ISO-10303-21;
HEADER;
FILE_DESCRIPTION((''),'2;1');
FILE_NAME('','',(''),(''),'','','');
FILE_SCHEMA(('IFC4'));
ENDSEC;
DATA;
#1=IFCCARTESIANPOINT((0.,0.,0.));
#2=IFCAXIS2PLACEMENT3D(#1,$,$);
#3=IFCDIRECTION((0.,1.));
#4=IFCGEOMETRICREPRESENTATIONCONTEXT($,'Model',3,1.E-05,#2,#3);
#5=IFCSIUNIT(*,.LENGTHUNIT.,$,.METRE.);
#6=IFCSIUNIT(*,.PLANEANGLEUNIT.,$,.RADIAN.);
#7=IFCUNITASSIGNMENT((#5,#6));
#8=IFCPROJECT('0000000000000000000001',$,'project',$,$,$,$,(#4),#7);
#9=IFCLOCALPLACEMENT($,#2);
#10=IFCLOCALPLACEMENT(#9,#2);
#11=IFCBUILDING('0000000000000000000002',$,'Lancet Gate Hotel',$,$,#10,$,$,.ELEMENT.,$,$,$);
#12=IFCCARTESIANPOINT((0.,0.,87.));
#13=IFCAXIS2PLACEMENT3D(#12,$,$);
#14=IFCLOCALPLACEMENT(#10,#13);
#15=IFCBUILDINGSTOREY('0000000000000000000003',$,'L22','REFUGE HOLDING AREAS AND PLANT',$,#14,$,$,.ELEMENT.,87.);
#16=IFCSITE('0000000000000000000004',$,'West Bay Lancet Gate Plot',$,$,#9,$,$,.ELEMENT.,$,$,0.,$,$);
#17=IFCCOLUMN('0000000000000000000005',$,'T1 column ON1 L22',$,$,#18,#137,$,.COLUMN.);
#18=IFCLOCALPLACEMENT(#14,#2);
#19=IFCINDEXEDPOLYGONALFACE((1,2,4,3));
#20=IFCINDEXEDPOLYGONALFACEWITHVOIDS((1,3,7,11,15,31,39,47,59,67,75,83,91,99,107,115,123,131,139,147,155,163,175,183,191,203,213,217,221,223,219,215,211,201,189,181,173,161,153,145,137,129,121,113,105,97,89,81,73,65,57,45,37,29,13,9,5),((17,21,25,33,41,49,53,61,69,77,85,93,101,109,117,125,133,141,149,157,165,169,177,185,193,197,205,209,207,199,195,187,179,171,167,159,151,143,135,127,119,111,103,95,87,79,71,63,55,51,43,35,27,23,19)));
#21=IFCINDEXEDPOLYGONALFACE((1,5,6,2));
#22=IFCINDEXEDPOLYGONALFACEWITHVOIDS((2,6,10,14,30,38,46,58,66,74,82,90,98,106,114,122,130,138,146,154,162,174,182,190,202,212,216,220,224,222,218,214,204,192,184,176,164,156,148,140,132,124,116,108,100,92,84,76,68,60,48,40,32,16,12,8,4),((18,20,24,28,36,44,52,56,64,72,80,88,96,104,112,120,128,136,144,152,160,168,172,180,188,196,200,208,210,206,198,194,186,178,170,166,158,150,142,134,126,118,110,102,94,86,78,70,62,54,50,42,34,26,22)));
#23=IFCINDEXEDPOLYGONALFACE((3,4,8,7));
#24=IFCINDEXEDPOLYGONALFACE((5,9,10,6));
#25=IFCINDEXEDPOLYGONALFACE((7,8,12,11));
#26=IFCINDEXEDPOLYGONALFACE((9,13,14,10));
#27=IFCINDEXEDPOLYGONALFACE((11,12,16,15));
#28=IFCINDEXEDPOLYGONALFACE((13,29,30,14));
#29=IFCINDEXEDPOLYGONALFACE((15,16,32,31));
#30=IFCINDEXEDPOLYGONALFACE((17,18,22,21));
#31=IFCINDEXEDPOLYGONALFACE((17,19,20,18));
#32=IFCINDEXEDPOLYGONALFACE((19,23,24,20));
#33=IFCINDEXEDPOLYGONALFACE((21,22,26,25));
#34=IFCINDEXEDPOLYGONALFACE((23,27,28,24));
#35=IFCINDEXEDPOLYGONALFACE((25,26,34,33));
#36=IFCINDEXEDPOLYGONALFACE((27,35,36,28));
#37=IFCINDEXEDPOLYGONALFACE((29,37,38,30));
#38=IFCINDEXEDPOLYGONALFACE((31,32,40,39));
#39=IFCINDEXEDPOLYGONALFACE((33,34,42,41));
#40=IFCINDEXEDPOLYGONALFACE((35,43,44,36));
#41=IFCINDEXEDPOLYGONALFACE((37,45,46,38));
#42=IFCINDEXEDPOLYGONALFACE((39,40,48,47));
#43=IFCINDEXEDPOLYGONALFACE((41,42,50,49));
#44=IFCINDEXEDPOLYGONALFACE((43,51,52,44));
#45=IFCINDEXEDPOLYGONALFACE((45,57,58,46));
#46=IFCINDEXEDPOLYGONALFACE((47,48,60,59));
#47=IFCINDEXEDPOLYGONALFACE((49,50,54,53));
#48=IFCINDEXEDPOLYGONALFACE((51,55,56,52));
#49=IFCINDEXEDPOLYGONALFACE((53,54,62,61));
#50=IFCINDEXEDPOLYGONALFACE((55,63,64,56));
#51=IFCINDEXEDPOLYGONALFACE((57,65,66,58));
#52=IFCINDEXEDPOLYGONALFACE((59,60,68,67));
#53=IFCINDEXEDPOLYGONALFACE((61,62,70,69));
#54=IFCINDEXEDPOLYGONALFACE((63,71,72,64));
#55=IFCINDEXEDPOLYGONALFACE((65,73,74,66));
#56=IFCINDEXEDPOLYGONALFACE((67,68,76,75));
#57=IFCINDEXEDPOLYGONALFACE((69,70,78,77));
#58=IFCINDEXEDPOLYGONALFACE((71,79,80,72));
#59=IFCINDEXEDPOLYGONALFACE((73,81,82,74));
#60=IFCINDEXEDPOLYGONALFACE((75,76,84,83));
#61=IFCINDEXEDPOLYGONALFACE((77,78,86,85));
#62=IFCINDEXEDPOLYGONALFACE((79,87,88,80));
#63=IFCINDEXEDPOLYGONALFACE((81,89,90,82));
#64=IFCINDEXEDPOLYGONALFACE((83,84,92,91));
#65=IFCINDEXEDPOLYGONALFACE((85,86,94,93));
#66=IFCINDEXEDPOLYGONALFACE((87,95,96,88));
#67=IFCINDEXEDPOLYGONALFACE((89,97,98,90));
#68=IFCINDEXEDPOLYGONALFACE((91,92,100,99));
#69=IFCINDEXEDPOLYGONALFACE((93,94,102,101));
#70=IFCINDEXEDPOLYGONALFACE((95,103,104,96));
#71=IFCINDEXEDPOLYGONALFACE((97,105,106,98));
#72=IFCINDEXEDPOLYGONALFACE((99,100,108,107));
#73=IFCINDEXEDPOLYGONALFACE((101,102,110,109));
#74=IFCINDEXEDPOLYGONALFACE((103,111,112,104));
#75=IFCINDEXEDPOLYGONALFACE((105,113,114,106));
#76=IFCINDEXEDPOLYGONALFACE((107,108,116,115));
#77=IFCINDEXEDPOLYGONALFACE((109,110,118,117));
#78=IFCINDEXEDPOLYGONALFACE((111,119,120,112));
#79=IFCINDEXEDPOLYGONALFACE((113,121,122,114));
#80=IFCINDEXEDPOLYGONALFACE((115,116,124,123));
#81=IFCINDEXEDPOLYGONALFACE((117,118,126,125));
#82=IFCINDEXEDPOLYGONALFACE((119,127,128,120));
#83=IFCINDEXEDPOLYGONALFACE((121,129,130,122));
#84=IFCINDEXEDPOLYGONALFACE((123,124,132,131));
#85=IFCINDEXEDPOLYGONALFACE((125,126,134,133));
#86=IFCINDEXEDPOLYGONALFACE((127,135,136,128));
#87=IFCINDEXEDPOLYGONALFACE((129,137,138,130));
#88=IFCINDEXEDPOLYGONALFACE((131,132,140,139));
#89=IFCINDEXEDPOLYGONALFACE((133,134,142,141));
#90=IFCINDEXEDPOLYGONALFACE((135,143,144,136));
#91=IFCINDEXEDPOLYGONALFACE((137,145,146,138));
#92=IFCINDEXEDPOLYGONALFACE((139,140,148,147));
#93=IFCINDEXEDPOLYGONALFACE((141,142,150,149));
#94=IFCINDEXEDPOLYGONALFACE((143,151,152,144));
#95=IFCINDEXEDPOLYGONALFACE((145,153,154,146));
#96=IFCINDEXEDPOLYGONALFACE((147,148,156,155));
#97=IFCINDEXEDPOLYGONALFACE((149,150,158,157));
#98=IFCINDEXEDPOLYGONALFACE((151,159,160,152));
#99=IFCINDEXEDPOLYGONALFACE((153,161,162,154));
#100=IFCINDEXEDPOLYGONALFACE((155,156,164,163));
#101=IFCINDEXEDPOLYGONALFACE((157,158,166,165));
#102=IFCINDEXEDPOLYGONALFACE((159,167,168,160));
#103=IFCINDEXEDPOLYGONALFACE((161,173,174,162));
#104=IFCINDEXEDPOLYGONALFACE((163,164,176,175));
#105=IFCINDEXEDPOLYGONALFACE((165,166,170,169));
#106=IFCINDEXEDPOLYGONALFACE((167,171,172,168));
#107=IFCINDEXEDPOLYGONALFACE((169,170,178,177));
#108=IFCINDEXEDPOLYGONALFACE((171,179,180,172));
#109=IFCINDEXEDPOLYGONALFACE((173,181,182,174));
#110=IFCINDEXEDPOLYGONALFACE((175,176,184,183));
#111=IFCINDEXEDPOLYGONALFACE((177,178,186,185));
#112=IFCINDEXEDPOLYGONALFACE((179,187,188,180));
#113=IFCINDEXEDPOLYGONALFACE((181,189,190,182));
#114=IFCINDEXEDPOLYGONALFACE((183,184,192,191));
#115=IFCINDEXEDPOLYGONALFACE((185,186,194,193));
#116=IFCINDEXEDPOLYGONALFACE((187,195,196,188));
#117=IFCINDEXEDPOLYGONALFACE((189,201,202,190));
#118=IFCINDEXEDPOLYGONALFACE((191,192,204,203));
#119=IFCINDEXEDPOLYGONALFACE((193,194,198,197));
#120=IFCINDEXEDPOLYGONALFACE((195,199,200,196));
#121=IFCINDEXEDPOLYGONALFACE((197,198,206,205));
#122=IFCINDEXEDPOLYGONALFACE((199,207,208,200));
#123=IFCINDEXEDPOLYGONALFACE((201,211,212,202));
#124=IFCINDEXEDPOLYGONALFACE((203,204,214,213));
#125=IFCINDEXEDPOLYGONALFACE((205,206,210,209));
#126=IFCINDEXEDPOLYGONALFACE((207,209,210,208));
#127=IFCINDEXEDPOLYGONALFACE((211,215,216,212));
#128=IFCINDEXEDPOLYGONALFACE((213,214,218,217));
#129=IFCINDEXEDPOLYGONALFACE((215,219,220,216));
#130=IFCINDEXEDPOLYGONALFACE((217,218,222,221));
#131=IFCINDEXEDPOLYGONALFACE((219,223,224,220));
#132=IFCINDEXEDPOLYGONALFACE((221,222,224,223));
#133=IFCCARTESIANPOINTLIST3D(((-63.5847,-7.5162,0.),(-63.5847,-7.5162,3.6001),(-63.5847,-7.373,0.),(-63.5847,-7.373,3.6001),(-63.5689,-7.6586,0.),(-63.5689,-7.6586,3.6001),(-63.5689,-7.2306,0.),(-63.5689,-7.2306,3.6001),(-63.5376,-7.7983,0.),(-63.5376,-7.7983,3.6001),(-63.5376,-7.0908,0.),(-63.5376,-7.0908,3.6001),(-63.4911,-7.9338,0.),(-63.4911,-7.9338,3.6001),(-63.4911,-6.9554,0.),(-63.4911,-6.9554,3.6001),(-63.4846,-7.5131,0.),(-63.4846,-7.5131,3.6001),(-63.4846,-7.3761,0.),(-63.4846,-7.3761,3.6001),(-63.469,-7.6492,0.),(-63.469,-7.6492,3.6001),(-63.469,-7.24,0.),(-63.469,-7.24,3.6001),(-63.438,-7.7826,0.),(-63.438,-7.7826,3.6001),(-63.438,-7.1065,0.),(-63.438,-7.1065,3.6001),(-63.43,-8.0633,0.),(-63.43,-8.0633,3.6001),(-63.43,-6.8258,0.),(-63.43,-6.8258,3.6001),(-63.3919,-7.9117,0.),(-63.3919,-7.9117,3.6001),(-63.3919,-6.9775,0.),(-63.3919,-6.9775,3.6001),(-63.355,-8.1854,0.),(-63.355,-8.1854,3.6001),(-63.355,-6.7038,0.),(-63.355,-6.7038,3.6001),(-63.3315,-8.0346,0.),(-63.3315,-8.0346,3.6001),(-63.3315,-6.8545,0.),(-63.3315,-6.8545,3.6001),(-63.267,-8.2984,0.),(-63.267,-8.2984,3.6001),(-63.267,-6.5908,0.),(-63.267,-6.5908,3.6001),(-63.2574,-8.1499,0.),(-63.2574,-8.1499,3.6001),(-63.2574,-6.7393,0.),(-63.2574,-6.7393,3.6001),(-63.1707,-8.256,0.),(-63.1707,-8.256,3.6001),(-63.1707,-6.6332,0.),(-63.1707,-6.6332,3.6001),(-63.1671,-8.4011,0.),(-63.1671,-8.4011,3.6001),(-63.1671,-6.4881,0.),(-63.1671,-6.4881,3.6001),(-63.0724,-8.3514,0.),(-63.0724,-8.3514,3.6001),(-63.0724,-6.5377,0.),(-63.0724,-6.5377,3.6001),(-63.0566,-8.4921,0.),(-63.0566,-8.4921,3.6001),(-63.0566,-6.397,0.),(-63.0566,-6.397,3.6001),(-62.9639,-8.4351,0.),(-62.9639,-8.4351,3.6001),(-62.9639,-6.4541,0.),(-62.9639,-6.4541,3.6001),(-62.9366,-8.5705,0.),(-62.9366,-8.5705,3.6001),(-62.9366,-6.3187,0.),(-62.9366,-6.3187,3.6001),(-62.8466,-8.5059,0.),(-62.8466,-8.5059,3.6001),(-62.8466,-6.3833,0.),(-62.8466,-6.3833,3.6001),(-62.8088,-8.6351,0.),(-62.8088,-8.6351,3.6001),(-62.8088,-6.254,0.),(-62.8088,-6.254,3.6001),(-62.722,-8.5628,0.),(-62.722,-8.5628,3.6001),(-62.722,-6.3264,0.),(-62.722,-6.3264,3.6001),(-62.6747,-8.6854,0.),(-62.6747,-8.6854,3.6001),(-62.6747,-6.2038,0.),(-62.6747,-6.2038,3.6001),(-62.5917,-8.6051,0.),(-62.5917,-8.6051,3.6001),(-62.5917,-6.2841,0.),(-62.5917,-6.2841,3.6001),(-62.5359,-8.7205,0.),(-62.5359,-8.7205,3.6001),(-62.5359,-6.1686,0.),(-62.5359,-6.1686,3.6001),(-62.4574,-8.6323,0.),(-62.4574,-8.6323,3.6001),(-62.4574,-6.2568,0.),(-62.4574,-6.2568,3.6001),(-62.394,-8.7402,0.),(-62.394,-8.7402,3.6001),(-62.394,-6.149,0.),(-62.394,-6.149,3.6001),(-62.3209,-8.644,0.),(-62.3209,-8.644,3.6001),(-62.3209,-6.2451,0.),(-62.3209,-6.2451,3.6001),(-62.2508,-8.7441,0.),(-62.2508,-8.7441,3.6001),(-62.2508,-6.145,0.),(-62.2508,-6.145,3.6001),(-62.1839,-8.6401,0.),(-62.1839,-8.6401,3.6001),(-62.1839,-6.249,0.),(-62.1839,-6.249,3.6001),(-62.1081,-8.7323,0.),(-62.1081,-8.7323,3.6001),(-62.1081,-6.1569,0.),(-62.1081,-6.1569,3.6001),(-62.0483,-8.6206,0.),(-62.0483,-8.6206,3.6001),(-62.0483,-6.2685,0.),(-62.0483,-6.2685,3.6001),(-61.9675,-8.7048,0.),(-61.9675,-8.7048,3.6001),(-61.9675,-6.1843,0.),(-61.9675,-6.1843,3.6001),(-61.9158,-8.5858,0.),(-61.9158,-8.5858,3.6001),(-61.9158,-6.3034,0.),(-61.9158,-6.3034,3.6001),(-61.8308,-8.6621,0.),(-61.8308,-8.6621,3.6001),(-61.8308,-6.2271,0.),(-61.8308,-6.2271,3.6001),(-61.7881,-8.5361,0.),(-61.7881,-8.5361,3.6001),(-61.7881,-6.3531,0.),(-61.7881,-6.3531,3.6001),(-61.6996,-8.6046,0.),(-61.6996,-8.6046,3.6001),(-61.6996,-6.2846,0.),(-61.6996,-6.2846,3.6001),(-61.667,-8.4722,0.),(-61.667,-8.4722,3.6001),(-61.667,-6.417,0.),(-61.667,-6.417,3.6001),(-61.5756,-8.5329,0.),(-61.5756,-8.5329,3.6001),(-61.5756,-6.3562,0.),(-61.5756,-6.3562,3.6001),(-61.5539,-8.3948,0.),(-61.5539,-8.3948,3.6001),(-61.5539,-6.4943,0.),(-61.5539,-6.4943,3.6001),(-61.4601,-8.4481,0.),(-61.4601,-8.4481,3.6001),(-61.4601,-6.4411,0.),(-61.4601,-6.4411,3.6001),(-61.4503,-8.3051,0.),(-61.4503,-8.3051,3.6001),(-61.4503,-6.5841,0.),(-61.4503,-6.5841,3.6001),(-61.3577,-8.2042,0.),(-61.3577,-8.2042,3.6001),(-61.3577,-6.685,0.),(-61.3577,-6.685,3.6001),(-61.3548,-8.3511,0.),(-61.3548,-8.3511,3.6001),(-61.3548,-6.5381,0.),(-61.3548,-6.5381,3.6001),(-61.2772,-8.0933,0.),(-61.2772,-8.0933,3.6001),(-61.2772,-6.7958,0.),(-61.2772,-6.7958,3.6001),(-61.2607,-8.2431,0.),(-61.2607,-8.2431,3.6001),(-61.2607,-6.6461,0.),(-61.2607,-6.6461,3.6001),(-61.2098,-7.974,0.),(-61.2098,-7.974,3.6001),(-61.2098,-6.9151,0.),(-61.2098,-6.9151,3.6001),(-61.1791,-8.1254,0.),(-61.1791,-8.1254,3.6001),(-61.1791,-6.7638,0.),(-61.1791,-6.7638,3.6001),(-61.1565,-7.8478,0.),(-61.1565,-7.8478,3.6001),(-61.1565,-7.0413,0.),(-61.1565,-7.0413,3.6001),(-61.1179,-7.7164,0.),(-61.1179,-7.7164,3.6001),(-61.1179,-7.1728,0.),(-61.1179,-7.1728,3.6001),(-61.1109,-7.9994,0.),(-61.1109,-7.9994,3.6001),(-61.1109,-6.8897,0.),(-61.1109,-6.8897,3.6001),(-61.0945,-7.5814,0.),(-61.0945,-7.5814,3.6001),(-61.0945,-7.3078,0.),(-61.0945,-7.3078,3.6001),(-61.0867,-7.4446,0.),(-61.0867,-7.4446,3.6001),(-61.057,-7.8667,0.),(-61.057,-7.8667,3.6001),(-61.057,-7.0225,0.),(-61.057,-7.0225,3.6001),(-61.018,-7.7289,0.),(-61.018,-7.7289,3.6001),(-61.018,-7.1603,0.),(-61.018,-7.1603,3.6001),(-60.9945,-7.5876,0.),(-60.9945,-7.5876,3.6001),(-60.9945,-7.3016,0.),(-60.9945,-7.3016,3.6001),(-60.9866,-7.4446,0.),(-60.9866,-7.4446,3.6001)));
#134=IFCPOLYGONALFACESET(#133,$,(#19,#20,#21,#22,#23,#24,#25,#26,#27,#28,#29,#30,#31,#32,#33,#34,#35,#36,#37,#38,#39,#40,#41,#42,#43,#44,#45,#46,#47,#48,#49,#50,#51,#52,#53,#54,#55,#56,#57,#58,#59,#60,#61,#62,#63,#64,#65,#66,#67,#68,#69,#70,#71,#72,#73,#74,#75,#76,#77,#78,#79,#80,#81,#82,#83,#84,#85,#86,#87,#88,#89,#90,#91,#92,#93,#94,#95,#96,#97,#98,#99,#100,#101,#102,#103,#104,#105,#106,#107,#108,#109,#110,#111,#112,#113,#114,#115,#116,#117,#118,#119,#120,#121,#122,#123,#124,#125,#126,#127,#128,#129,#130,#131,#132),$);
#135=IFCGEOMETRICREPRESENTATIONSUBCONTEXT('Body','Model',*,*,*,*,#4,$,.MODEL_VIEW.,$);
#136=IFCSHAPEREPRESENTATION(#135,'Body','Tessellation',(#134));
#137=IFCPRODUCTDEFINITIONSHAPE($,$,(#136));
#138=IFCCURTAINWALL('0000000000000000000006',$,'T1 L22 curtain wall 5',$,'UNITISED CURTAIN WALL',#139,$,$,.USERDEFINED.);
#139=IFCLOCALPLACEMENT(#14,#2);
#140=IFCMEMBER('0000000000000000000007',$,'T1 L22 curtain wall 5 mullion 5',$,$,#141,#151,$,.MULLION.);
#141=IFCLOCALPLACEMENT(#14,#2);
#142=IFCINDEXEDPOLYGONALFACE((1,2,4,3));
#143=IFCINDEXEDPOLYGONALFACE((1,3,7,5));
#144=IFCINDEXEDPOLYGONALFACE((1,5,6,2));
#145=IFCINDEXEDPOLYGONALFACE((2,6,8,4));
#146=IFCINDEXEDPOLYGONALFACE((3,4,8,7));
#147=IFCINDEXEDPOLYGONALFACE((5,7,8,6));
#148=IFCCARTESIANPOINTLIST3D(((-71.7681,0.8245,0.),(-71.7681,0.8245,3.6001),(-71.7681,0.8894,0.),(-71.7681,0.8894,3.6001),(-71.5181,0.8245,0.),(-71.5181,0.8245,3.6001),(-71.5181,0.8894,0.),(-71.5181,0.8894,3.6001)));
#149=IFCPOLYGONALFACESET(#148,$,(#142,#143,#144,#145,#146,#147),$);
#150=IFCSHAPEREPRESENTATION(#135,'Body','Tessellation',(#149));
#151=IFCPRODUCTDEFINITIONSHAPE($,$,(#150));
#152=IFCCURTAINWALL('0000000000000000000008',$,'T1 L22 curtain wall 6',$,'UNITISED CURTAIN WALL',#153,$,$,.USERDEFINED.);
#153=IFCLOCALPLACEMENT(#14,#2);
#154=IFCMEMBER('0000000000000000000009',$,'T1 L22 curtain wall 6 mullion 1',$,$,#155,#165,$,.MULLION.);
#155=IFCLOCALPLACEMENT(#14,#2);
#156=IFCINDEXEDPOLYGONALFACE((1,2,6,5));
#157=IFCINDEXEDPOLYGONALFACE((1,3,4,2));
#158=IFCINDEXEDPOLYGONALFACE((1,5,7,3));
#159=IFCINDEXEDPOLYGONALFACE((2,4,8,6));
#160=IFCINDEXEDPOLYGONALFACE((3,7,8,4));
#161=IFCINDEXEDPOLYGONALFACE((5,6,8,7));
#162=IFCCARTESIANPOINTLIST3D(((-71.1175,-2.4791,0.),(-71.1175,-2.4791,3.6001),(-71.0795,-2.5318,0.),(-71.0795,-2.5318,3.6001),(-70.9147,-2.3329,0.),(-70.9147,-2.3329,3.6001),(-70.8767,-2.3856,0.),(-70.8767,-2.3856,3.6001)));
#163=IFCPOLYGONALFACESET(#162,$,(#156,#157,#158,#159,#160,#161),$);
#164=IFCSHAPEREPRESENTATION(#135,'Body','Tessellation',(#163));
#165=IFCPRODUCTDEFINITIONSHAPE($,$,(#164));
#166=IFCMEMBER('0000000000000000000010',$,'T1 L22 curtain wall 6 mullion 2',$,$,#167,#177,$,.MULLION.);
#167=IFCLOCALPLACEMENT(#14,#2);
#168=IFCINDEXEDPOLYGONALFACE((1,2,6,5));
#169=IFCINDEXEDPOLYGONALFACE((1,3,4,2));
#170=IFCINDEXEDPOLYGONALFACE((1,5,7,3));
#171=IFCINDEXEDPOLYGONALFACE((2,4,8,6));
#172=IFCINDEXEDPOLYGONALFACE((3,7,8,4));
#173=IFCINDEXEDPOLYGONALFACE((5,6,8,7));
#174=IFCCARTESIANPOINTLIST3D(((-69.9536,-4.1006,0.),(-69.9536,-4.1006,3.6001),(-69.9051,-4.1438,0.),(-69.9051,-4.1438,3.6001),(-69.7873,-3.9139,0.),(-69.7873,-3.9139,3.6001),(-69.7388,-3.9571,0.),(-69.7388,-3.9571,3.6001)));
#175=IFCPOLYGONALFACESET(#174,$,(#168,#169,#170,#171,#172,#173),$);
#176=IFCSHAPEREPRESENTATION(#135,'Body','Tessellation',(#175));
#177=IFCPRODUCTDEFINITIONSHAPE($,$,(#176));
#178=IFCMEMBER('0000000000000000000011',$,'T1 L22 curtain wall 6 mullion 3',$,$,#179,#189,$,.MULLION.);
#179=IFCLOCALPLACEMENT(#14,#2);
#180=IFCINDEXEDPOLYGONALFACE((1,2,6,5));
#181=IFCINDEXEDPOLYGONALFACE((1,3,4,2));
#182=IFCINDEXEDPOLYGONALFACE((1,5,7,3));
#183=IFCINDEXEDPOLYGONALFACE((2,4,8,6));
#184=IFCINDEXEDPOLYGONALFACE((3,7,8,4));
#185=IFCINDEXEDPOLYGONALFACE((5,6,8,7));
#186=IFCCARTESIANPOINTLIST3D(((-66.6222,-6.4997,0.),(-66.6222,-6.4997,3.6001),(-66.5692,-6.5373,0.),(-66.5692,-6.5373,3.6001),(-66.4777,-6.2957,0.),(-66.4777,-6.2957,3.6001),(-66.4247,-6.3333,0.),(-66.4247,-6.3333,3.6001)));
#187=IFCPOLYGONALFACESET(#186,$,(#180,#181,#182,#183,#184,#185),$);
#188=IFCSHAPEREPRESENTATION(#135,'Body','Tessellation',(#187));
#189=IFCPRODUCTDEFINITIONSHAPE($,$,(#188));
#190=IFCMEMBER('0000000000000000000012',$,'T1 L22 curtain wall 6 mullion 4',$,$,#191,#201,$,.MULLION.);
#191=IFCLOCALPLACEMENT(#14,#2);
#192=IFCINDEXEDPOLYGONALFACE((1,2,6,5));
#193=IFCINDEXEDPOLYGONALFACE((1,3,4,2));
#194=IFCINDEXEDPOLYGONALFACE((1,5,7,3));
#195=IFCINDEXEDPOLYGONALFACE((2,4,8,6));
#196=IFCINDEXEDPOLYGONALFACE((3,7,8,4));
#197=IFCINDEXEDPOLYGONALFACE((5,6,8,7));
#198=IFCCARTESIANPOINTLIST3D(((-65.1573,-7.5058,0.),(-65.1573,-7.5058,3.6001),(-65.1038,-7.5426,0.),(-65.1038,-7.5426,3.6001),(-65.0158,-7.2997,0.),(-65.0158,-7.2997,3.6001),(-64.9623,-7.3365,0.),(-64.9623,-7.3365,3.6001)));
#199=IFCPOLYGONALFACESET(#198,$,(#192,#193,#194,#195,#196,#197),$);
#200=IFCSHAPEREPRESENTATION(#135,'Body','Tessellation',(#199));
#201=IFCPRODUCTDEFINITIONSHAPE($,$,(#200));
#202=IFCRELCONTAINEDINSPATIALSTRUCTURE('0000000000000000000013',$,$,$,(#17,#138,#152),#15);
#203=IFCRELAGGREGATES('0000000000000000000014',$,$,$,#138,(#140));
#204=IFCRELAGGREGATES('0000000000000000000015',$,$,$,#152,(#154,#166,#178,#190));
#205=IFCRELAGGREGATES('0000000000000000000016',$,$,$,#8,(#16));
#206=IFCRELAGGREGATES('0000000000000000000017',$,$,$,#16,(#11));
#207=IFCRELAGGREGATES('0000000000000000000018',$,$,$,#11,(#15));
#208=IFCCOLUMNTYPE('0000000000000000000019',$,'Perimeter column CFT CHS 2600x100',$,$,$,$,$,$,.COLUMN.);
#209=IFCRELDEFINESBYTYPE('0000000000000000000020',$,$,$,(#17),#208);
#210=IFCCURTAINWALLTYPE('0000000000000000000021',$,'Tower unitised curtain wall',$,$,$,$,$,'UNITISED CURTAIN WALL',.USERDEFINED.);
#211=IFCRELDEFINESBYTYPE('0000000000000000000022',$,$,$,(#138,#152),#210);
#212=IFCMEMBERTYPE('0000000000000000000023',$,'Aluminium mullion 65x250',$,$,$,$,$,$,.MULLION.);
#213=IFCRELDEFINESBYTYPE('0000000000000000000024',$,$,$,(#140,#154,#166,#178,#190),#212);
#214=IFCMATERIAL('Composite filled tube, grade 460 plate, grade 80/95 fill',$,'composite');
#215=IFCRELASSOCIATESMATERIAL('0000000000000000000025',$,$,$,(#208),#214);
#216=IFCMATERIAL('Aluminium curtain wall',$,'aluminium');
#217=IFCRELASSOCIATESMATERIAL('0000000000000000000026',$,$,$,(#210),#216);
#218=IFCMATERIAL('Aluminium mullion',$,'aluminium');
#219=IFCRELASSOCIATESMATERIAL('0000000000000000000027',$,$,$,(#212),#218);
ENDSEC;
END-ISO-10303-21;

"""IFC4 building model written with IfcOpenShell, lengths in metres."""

from ifc_helpers import new_model, si_unit, direction, frame, origin, origin_2d, place, context, subcontext, project, spatial, rectangle, hollow_circle, extrude, material, material_profile, profile_set, type_object, element, aggregate, save


model = new_model("IFC4")

# Units and contexts
model_context = context("Model", 3, precision=1e-05, world=origin(), true_north=direction((0.0, 1.0)))
body_context = subcontext(model_context, "Body", "Model", "MODEL_VIEW")
ifc_project = project(units=[si_unit("LENGTHUNIT", "METRE"), si_unit("PLANEANGLEUNIT", "RADIAN")], contexts=[model_context])

# Site, building, storey
site_placement = place(None, origin())
site = spatial("IfcSite", under=ifc_project, at=site_placement, Name="West Bay Lancet Gate Plot", CompositionType="ELEMENT", RefElevation=0.0)
building_placement = place(site_placement, origin())
building = spatial("IfcBuilding", under=site, at=building_placement, Name="Lancet Gate Hotel", CompositionType="ELEMENT")
storey_placement = place(building_placement, frame((0.0, 0.0, 87.0)))
storey = spatial("IfcBuildingStorey", under=building, at=storey_placement, Name="L22", Description="REFUGE HOLDING AREAS AND PLANT", CompositionType="ELEMENT", Elevation=87.0)

# Column
ifc_material_1 = material(Name="Composite filled tube, grade 460 plate, grade 80/95 fill", Category="composite")
ifc_material_profile_1 = material_profile(ifc_material_1, hollow_circle(Radius=1.3, WallThickness=0.1001, at=origin_2d()), Name="CHS 2600x100")
ifc_profile_set_1 = profile_set([ifc_material_profile_1], Name="Composite filled tube, grade 460 plate, grade 80/95 fill")
column_type_1 = type_object("IfcColumnType", Name="Perimeter column CFT CHS 2600x100", PredefinedType="COLUMN", material=ifc_profile_set_1)
column_1_placement = place(storey_placement, frame((-62.2866, -7.4446, 0.0), z_axis=(0.0, 0.0, 1.0), x_axis=(1.0, 0.0, 0.0)))
element("IfcColumn", 1, at=column_1_placement, inside=storey, type_object=column_type_1, Name="T1 column ON1 L22", PredefinedType="COLUMN", context=body_context, shape_type="SweptSolid", body=[
    extrude(hollow_circle(Radius=1.3, WallThickness=0.1001, at=origin_2d()), origin(), (0.0, 0.0, 1.0), 3.6001),
])

# Curtain wall, member
ifc_material_2 = material(Name="Aluminium curtain wall", Category="aluminium")
curtain_wall_type = type_object("IfcCurtainWallType", Name="Tower unitised curtain wall", ElementType="UNITISED CURTAIN WALL", PredefinedType="USERDEFINED", material=ifc_material_2)
curtain_wall_1_placement = place(storey_placement, origin())
curtain_wall_1 = element("IfcCurtainWall", 2, at=curtain_wall_1_placement, inside=storey, type_object=curtain_wall_type, Name="T1 L22 curtain wall 5", ObjectType="UNITISED CURTAIN WALL", PredefinedType="USERDEFINED")
ifc_material_3 = material(Name="Aluminium mullion", Category="aluminium")
ifc_material_profile_2 = material_profile(ifc_material_3, rectangle(XDim=0.0649, YDim=0.25, at=origin_2d()), Name="MULLION 65x250")
ifc_profile_set_2 = profile_set([ifc_material_profile_2], Name="Aluminium mullion")
member_type_1 = type_object("IfcMemberType", Name="Aluminium mullion 65x250", PredefinedType="MULLION", material=ifc_profile_set_2)
member_1_placement = place(storey_placement, frame((-71.6431, 0.8569, 0.0), z_axis=(0.0, 0.0, 1.0), x_axis=(0.0, -1.0, 0.0)))
member_1 = element("IfcMember", 3, at=member_1_placement, type_object=member_type_1, Name="T1 L22 curtain wall 5 mullion 5", PredefinedType="MULLION", context=body_context, shape_type="SweptSolid", body=[
    extrude(rectangle(XDim=0.0649, YDim=0.25, at=origin_2d()), origin(), (0.0, 0.0, 1.0), 3.6001),
])

# Curtain wall, members
curtain_wall_2_placement = place(storey_placement, origin())
curtain_wall_2 = element("IfcCurtainWall", 4, at=curtain_wall_2_placement, inside=storey, type_object=curtain_wall_type, Name="T1 L22 curtain wall 6", ObjectType="UNITISED CURTAIN WALL", PredefinedType="USERDEFINED")
member_2_placement = place(storey_placement, frame((-70.9971, -2.4324, 0.0), z_axis=(0.0, 0.0, 1.0), x_axis=(0.584809, -0.811171, 0.0)))
member_2 = element("IfcMember", 5, at=member_2_placement, type_object=member_type_1, Name="T1 L22 curtain wall 6 mullion 1", PredefinedType="MULLION", context=body_context, shape_type="SweptSolid", body=[
    extrude(rectangle(XDim=0.0649, YDim=0.25, at=origin_2d()), origin(), (0.0, 0.0, 1.0), 3.6001),
])
member_3_placement = place(storey_placement, frame((-69.8462, -4.0288, 0.0), z_axis=(0.0, 0.0, 1.0), x_axis=(0.746798, -0.665051, 0.0)))
member_3 = element("IfcMember", 6, at=member_3_placement, type_object=member_type_1, Name="T1 L22 curtain wall 6 mullion 2", PredefinedType="MULLION", context=body_context, shape_type="SweptSolid", body=[
    extrude(rectangle(XDim=0.0649, YDim=0.25, at=origin_2d()), origin(), (0.0, 0.0, 1.0), 3.6001),
])
member_4_placement = place(storey_placement, frame((-66.5234, -6.4165, 0.0), z_axis=(0.0, 0.0, 1.0), x_axis=(0.815877, -0.578225, 0.0)))
member_4 = element("IfcMember", 7, at=member_4_placement, type_object=member_type_1, Name="T1 L22 curtain wall 6 mullion 3", PredefinedType="MULLION", context=body_context, shape_type="SweptSolid", body=[
    extrude(rectangle(XDim=0.0649, YDim=0.25, at=origin_2d()), origin(), (0.0, 0.0, 1.0), 3.6001),
])
member_5_placement = place(storey_placement, frame((-65.0598, -7.4211, 0.0), z_axis=(0.0, 0.0, 1.0), x_axis=(0.824466, -0.565911, 0.0)))
member_5 = element("IfcMember", 8, at=member_5_placement, type_object=member_type_1, Name="T1 L22 curtain wall 6 mullion 4", PredefinedType="MULLION", context=body_context, shape_type="SweptSolid", body=[
    extrude(rectangle(XDim=0.0649, YDim=0.25, at=origin_2d()), origin(), (0.0, 0.0, 1.0), 3.6001),
])

aggregate(curtain_wall_1, [member_1])
aggregate(curtain_wall_2, [member_2, member_3, member_4, member_5])

save(model, "model.ifc")
